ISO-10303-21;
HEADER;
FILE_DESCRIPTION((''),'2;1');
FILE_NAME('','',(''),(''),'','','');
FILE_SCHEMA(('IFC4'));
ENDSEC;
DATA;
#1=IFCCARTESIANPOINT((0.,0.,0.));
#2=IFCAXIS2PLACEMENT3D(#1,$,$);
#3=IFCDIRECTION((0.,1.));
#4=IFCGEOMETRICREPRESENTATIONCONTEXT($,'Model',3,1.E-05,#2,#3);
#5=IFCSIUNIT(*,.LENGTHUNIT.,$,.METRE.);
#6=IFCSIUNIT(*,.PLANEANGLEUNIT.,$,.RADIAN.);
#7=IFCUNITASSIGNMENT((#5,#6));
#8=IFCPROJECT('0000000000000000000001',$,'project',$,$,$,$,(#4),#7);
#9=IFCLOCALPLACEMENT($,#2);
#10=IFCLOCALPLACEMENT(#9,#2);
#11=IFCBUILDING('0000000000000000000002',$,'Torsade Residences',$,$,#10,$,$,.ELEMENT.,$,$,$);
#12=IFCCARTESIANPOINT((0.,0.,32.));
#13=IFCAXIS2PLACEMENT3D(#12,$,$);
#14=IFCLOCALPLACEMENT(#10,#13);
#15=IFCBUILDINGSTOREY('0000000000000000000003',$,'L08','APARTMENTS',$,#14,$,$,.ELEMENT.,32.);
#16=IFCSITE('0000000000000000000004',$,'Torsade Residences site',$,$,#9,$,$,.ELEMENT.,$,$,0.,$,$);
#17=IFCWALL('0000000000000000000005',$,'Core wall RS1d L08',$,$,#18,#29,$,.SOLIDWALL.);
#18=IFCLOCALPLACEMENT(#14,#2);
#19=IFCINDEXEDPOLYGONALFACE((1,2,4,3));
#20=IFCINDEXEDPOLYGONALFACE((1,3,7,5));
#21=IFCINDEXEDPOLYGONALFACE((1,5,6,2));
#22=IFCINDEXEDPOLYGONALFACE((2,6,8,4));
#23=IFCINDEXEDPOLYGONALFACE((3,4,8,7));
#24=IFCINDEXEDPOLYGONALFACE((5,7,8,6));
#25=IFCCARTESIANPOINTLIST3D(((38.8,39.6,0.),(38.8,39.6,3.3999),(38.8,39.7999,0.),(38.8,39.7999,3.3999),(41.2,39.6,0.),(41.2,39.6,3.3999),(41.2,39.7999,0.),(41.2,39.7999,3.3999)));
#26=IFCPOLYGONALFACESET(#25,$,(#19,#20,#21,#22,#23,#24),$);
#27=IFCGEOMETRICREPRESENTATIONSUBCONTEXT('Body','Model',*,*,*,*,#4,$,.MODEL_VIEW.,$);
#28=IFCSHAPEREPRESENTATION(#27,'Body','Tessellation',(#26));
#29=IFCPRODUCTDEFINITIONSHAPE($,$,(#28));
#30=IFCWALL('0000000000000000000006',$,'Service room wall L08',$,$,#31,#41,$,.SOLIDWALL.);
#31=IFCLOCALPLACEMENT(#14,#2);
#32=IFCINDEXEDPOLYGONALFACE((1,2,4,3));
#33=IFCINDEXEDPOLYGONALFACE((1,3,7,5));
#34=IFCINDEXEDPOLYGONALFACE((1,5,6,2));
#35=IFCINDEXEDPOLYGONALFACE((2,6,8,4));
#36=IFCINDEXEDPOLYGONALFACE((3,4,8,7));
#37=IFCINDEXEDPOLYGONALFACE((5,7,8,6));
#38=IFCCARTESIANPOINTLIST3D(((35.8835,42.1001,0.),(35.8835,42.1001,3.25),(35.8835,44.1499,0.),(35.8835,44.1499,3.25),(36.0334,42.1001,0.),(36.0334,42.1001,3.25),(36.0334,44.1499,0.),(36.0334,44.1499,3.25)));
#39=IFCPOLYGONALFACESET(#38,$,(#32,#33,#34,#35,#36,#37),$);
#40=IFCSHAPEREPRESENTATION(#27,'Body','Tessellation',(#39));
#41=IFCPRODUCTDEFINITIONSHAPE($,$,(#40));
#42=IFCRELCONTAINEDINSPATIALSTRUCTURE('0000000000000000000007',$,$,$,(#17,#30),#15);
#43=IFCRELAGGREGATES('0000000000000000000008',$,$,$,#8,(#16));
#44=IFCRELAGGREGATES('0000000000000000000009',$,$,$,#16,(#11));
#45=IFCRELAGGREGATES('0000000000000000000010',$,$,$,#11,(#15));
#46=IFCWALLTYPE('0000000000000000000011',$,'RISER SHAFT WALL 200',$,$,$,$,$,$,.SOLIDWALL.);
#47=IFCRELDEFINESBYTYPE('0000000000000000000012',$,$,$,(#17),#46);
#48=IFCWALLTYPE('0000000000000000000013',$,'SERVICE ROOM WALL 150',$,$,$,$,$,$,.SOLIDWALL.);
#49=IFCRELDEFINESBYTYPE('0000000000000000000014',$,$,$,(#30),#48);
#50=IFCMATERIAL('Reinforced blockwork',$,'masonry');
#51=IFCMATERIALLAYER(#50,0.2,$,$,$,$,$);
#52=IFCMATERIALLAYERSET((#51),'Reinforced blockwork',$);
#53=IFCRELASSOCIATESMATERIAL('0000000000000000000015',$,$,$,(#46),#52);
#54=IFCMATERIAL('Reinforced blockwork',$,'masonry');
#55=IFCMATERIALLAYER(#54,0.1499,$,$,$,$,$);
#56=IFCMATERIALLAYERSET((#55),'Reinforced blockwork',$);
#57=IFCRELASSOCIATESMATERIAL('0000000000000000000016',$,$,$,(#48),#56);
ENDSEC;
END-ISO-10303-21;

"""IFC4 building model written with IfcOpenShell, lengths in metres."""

from ifc_helpers import new_model, si_unit, direction, frame, frame_2d, origin, place, context, subcontext, project, spatial, rectangle, extrude, material, layer, layer_set, type_object, element, save


model = new_model("IFC4")

# Units and contexts
model_context = context("Model", 3, precision=1e-05, world=origin(), true_north=direction((0.0, 1.0)))
body_context = subcontext(model_context, "Body", "Model", "MODEL_VIEW")
ifc_project = project(units=[si_unit("LENGTHUNIT", "METRE"), si_unit("PLANEANGLEUNIT", "RADIAN")], contexts=[model_context])

# Site, building, storey
site_placement = place(None, origin())
site = spatial("IfcSite", under=ifc_project, at=site_placement, Name="Torsade Residences site", CompositionType="ELEMENT", RefElevation=0.0)
building_placement = place(site_placement, origin())
building = spatial("IfcBuilding", under=site, at=building_placement, Name="Torsade Residences", CompositionType="ELEMENT")
storey_placement = place(building_placement, frame((0.0, 0.0, 32.0)))
storey = spatial("IfcBuildingStorey", under=building, at=storey_placement, Name="L08", Description="APARTMENTS", CompositionType="ELEMENT", Elevation=32.0)

# Walls
ifc_material_1 = material(Name="Reinforced blockwork", Category="masonry")
ifc_layer_1 = layer(ifc_material_1, 0.2)
ifc_layer_set_1 = layer_set([ifc_layer_1], Name="Reinforced blockwork")
wall_type_1 = type_object("IfcWallType", Name="RISER SHAFT WALL 200", PredefinedType="SOLIDWALL", material=ifc_layer_set_1)
wall_1_placement = place(storey_placement, frame((38.8, 39.7, 0.0), z_axis=(0.0, 0.0, 1.0), x_axis=(1.0, 0.0, 0.0)))
element("IfcWall", 1, at=wall_1_placement, inside=storey, type_object=wall_type_1, Name="Core wall RS1d L08", PredefinedType="SOLIDWALL", context=body_context, shape_type="SweptSolid", body=[
    extrude(rectangle(XDim=2.3999, YDim=0.2, at=frame_2d((1.2, 0.0))), origin(), (0.0, 0.0, 1.0), 3.3999),
])
ifc_material_2 = material(Name="Reinforced blockwork", Category="masonry")
ifc_layer_2 = layer(ifc_material_2, 0.1499)
ifc_layer_set_2 = layer_set([ifc_layer_2], Name="Reinforced blockwork")
wall_type_2 = type_object("IfcWallType", Name="SERVICE ROOM WALL 150", PredefinedType="SOLIDWALL", material=ifc_layer_set_2)
wall_2_placement = place(storey_placement, frame((35.9585, 42.1001, 0.0), z_axis=(0.0, 0.0, 1.0), x_axis=(0.0, 1.0, 0.0)))
element("IfcWall", 2, at=wall_2_placement, inside=storey, type_object=wall_type_2, Name="Service room wall L08", PredefinedType="SOLIDWALL", context=body_context, shape_type="SweptSolid", body=[
    extrude(rectangle(XDim=2.0498, YDim=0.1499, at=frame_2d((1.0249, 0.0))), origin(), (0.0, 0.0, 1.0), 3.25),
])

save(model, "model.ifc")
